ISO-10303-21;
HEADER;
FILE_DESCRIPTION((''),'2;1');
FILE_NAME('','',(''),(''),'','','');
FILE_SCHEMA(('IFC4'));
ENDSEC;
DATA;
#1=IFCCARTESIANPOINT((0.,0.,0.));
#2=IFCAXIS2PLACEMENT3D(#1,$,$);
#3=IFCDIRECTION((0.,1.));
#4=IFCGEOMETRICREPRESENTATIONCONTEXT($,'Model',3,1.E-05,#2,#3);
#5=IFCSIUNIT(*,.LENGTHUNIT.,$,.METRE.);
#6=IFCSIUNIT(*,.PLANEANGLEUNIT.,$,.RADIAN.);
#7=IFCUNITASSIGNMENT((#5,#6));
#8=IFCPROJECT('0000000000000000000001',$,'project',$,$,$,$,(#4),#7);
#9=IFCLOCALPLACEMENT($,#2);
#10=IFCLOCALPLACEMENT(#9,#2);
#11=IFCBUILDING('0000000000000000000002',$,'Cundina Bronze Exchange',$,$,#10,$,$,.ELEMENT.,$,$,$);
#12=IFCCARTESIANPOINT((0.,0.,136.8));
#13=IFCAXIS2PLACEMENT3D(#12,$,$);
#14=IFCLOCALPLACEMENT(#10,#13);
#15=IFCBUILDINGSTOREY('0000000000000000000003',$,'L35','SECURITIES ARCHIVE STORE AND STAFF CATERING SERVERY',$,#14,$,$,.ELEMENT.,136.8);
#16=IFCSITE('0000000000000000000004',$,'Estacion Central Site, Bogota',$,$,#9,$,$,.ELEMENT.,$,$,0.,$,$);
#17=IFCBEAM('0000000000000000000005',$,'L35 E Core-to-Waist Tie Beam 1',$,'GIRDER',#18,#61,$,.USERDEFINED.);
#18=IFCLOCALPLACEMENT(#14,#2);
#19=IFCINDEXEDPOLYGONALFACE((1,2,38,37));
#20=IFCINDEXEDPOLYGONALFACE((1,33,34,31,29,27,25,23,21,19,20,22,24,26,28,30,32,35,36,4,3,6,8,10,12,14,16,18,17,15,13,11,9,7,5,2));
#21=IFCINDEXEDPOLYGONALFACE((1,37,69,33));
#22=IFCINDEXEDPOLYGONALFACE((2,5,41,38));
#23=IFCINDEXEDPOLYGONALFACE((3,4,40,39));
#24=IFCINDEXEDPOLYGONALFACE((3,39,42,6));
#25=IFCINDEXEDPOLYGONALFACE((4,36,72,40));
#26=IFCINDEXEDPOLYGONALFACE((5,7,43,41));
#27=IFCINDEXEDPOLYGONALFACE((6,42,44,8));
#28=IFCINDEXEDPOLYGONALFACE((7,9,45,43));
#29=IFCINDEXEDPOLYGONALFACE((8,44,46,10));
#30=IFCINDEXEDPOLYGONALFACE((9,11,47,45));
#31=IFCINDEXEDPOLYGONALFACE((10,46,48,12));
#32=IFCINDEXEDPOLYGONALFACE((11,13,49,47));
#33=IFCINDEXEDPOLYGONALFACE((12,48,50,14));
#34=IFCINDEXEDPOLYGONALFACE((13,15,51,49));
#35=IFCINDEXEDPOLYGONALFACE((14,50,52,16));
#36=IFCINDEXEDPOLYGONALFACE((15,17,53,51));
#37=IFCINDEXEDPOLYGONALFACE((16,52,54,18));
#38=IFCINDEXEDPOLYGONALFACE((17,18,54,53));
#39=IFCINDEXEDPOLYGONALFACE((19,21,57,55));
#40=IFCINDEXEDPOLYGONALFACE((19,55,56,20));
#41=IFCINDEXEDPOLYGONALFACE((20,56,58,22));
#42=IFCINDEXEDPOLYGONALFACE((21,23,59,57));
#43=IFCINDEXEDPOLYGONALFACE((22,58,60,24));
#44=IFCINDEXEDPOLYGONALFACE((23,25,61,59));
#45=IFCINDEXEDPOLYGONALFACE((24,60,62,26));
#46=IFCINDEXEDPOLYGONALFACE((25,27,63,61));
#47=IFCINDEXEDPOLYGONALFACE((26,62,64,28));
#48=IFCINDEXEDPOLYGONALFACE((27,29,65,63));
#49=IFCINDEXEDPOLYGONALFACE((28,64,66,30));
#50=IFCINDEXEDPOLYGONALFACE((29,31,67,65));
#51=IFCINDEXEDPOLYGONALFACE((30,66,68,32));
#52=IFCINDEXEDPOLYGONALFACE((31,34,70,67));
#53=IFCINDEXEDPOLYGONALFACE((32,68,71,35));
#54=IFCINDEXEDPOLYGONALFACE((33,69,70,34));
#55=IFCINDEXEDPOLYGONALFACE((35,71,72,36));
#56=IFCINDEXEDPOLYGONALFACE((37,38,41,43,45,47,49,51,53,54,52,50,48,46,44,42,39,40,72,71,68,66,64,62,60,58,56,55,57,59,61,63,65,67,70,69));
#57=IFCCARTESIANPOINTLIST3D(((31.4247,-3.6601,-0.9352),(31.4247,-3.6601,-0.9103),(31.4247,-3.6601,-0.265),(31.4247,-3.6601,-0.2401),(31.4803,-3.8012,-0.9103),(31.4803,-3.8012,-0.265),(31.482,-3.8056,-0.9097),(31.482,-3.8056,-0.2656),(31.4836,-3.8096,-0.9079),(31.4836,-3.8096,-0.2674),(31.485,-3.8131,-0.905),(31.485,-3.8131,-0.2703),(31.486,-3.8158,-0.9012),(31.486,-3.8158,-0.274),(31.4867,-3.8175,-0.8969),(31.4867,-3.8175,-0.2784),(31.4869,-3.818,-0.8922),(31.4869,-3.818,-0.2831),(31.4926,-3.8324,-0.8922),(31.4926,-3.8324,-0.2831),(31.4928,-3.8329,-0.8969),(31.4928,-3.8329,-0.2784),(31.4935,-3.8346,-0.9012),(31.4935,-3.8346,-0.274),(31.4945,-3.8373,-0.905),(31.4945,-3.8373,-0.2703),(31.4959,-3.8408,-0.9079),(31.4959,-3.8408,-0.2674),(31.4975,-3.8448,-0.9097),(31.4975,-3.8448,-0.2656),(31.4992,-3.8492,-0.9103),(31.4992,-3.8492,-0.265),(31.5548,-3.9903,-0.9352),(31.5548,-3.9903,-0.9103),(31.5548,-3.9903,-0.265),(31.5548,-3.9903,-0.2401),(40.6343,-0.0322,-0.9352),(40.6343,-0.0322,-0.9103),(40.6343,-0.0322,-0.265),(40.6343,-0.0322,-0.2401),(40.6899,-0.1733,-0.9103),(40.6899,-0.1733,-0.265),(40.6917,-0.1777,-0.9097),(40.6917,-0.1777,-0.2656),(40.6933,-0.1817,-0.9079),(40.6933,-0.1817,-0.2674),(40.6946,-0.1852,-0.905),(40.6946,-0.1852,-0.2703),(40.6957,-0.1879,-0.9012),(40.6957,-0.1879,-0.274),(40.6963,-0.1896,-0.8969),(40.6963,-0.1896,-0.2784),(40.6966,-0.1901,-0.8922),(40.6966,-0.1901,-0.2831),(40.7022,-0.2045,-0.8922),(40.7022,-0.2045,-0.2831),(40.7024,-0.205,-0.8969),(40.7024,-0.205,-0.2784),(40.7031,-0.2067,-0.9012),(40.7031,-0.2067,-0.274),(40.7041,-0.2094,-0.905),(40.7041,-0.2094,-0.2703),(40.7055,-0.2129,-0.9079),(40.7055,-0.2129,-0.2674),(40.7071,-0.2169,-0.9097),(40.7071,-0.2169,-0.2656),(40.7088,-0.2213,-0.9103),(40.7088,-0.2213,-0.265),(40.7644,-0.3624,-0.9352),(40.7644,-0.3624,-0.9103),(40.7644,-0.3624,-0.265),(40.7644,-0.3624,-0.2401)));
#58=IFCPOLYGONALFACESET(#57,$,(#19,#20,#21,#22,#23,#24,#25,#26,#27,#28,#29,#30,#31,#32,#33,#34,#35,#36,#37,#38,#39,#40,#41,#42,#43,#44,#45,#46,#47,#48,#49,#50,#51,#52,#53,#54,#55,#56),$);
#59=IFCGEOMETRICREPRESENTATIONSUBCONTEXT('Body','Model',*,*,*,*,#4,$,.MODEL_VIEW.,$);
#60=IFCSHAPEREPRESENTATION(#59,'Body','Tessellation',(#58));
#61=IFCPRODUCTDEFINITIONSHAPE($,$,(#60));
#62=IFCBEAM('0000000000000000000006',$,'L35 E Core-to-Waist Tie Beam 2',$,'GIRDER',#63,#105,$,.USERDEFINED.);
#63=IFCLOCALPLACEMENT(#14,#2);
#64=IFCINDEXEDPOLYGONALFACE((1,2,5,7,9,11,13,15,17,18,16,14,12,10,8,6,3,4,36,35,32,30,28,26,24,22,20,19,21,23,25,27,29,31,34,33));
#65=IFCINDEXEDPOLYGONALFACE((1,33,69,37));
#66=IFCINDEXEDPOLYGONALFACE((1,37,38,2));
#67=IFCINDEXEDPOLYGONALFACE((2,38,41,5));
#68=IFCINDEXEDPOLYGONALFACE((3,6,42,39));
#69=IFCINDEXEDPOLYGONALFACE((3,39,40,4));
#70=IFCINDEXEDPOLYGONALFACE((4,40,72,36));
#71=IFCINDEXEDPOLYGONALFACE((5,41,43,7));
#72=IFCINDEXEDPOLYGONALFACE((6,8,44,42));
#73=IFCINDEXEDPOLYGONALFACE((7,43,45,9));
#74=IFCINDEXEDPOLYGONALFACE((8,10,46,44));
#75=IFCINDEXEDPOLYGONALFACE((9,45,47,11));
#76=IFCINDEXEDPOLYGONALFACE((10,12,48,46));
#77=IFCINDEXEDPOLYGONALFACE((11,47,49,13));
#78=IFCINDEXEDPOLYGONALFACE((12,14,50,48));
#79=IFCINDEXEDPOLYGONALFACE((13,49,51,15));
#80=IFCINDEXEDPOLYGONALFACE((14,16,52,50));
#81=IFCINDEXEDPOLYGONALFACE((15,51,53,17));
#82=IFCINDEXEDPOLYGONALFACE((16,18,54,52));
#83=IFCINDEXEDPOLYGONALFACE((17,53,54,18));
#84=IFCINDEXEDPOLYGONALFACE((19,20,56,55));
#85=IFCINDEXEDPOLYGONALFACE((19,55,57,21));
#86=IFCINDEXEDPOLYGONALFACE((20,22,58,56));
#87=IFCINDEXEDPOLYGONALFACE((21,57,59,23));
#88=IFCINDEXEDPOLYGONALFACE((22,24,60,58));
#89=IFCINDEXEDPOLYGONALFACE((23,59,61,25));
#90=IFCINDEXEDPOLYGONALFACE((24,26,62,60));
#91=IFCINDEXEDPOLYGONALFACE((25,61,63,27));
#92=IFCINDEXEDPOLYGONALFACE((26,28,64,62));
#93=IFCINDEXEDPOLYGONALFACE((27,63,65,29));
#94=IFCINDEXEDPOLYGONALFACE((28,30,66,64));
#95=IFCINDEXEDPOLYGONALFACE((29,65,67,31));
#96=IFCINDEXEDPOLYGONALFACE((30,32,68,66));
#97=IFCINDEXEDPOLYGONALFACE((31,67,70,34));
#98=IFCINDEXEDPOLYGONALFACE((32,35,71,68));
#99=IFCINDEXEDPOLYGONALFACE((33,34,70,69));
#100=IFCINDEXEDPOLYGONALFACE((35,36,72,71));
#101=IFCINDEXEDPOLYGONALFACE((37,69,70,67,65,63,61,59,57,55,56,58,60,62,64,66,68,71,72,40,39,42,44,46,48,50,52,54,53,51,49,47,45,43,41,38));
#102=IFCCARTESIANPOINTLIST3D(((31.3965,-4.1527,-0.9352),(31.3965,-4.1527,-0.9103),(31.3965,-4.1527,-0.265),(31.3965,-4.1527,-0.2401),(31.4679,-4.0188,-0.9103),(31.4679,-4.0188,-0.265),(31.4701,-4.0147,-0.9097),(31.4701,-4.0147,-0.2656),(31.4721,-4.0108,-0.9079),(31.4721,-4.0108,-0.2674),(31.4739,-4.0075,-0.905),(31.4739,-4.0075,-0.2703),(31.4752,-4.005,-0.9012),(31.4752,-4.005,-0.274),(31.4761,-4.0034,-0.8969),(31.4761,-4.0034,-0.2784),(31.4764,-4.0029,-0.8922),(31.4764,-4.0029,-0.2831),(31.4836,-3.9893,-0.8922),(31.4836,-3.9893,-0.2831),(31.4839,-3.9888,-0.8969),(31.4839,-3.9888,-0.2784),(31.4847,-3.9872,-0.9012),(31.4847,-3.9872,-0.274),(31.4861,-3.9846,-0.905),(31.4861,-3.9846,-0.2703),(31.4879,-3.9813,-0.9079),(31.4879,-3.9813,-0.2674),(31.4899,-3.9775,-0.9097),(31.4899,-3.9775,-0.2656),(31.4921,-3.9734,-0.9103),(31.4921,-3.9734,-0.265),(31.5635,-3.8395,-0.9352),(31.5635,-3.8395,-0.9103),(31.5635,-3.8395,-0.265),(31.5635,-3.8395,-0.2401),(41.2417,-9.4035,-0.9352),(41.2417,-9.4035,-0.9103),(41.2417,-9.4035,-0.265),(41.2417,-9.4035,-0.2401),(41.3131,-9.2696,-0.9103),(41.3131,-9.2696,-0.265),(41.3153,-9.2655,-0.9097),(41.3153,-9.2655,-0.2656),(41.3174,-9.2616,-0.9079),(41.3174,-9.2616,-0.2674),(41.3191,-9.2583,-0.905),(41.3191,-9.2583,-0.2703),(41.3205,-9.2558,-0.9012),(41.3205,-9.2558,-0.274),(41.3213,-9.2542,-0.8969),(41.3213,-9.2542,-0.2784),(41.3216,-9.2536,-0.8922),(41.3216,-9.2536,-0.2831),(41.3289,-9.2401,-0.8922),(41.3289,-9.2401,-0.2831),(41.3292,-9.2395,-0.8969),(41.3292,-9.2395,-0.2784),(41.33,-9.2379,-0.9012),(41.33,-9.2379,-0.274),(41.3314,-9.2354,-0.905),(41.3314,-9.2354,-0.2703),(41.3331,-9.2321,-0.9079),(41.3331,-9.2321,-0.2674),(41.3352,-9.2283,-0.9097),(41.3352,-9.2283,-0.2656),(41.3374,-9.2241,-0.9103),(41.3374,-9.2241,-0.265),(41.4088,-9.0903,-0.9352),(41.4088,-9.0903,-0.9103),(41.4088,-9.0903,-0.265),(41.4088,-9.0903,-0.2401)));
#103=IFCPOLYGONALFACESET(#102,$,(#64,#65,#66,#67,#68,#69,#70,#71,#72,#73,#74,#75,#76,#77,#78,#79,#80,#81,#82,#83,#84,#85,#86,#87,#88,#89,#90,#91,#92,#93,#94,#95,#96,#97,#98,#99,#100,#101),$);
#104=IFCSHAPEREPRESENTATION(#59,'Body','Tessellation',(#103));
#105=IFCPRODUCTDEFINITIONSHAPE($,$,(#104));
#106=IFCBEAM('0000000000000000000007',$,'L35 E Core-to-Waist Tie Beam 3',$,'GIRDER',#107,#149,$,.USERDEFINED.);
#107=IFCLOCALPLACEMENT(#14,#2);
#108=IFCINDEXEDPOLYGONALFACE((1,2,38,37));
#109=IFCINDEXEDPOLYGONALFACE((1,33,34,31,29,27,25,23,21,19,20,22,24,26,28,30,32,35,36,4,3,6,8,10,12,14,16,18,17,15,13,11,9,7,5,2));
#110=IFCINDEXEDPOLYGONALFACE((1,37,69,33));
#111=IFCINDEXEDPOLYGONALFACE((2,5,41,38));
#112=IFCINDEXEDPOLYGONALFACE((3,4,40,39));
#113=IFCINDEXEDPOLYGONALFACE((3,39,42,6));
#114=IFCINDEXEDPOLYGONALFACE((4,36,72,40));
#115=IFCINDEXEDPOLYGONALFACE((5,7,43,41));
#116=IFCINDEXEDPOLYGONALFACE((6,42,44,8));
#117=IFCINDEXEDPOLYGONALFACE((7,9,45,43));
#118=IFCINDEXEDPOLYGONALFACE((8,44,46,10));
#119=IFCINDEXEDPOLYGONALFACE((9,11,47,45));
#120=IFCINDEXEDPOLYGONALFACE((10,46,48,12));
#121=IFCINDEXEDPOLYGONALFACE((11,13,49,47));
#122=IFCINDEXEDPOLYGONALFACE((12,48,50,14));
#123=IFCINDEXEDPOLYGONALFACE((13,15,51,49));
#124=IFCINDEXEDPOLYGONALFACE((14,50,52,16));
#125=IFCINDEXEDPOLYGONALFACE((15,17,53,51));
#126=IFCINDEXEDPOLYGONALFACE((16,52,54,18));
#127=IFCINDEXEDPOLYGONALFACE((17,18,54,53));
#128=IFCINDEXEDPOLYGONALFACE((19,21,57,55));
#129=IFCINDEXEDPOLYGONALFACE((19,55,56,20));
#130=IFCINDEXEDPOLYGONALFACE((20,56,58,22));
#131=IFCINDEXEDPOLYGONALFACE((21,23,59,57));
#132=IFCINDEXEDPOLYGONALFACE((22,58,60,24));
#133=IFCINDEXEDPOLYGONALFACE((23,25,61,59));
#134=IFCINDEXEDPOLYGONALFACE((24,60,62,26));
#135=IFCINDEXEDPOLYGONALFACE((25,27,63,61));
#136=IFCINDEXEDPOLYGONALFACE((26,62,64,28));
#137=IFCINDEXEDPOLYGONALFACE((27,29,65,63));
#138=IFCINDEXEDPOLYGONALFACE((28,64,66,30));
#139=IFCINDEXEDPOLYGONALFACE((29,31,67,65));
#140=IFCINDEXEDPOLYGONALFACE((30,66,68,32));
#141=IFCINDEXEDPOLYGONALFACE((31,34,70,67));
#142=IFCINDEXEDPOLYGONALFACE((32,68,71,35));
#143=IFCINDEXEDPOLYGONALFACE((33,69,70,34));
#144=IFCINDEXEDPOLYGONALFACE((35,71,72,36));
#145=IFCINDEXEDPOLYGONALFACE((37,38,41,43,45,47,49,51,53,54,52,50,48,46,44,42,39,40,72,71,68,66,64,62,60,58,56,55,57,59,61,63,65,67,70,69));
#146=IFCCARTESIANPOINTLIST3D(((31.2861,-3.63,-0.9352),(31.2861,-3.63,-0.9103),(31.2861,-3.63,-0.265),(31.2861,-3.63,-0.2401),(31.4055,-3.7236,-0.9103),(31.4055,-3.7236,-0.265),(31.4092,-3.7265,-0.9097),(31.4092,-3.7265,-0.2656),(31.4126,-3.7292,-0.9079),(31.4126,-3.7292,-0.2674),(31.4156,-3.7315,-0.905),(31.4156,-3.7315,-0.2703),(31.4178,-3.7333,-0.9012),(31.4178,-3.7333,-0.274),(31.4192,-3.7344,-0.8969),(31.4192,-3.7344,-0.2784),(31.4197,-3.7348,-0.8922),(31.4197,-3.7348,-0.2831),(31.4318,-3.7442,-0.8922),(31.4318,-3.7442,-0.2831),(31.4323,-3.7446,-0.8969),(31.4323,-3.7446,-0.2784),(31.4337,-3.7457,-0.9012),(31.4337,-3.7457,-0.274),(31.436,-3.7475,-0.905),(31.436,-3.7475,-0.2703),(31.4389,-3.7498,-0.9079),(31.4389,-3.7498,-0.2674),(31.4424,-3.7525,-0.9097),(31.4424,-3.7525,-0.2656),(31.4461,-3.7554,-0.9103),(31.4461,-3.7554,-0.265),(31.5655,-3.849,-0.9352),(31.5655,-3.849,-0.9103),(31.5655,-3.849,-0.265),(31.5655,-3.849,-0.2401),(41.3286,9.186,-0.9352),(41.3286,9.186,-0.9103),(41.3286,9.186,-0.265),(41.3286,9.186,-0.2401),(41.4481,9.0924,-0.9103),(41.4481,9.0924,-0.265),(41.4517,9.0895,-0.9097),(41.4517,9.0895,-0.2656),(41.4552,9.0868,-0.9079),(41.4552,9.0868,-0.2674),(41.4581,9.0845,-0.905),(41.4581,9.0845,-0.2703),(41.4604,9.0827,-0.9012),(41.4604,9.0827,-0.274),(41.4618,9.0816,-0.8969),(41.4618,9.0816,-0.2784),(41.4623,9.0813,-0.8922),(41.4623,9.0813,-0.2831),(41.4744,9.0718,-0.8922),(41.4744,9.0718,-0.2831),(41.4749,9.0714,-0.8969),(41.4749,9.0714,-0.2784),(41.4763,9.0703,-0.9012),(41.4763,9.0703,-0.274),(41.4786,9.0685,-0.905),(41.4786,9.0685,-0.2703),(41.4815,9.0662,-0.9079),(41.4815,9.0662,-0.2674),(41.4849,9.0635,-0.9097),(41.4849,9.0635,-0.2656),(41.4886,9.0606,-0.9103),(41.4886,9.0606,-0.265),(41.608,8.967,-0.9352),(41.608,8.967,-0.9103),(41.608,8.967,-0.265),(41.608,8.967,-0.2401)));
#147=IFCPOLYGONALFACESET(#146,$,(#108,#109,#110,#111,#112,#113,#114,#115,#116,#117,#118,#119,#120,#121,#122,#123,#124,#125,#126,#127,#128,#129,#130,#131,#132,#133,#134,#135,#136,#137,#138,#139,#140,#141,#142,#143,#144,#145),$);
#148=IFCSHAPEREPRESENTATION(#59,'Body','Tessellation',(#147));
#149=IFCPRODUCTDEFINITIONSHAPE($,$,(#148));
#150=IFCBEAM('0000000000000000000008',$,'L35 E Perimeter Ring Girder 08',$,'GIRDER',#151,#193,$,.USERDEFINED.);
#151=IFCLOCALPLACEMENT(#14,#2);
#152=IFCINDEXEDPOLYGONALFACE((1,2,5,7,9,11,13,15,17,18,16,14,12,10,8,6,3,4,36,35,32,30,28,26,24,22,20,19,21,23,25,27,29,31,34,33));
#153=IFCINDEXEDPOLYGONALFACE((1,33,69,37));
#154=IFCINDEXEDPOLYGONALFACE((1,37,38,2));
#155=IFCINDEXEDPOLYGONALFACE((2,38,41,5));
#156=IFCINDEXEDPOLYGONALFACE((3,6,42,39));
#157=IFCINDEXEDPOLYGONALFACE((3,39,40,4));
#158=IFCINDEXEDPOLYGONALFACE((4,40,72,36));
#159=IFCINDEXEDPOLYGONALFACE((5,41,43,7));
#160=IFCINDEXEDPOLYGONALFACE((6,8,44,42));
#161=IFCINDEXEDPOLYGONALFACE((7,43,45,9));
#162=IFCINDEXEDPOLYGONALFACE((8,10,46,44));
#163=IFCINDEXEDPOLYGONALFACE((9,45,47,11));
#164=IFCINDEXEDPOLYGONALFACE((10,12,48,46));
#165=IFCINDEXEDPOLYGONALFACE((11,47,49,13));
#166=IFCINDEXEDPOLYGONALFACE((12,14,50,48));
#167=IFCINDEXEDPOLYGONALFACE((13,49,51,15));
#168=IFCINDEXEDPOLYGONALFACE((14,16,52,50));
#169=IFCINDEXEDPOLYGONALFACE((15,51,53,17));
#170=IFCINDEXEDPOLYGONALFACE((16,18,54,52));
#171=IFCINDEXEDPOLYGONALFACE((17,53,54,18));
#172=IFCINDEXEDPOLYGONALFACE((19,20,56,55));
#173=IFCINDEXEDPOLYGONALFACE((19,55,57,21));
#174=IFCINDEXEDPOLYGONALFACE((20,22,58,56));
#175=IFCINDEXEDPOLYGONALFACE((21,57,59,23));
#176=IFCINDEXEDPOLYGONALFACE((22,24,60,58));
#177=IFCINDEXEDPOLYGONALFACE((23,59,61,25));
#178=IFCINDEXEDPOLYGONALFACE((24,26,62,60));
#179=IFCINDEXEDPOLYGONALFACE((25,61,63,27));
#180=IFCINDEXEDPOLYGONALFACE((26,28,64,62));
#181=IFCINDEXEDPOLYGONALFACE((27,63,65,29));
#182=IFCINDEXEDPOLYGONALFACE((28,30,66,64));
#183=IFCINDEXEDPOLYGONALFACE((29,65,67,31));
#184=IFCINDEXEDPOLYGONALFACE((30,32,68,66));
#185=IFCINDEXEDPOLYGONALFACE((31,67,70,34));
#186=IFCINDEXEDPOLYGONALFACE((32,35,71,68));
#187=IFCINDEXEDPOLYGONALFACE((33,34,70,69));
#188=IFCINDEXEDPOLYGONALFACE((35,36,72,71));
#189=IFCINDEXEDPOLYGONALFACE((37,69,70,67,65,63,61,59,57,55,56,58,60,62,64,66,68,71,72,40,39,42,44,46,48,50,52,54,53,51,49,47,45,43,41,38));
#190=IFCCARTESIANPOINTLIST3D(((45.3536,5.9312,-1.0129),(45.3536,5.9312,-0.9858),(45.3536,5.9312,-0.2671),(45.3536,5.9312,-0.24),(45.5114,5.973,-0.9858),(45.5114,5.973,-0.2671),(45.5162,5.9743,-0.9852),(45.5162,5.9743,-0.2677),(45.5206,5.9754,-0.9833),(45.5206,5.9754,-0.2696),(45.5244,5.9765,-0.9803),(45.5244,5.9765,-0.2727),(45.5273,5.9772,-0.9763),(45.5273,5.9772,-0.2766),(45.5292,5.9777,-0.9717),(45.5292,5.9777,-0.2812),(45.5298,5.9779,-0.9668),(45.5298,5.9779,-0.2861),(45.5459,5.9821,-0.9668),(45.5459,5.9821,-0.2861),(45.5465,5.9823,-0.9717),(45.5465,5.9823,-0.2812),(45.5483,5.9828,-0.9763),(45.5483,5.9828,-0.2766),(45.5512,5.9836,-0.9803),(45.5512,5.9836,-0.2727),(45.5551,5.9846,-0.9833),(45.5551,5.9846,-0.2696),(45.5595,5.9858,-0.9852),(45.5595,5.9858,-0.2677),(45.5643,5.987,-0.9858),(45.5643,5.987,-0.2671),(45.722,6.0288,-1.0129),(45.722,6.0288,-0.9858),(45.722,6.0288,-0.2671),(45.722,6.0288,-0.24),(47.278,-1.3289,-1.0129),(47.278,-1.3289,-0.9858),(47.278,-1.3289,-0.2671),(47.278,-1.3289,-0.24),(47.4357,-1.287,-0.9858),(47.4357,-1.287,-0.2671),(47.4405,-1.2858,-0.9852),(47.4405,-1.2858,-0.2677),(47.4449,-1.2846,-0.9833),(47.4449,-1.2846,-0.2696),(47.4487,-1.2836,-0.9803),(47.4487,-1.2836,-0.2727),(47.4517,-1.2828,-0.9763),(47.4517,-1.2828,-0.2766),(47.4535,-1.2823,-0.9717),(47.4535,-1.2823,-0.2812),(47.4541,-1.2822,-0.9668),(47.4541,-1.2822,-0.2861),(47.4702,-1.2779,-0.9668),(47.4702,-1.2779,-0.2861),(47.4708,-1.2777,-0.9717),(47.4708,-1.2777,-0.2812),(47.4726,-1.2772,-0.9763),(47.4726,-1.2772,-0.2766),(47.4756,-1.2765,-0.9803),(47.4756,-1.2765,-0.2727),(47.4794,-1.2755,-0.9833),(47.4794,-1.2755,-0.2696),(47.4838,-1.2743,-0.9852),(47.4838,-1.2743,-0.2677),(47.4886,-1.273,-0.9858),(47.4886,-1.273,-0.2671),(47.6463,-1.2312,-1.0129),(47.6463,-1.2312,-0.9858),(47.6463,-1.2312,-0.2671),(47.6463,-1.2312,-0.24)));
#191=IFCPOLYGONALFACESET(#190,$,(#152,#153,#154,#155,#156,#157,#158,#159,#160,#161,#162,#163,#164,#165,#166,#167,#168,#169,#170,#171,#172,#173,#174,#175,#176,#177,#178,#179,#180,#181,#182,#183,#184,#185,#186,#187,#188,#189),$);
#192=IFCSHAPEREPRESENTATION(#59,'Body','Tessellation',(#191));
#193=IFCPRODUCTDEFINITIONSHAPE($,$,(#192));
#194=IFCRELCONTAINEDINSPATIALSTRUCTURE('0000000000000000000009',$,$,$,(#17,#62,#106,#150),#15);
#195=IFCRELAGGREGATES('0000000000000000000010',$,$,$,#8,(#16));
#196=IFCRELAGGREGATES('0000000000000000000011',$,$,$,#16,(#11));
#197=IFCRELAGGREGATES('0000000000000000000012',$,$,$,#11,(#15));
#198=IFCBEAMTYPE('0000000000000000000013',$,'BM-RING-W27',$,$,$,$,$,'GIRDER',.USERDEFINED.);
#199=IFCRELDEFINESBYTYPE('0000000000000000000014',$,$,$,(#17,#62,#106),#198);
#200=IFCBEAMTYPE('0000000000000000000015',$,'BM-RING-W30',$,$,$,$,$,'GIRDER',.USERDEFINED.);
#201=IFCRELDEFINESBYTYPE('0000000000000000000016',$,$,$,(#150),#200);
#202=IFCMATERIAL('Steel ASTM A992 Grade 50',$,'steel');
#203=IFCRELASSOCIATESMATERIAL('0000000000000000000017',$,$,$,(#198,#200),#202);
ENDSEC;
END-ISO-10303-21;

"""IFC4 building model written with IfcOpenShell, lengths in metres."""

from ifc_helpers import new_model, si_unit, direction, frame, origin, origin_2d, place, context, subcontext, project, spatial, i_section, extrude, material, material_profile, profile_set, type_object, element, save


model = new_model("IFC4")

# Units and contexts
model_context = context("Model", 3, precision=1e-05, world=origin(), true_north=direction((0.0, 1.0)))
body_context = subcontext(model_context, "Body", "Model", "MODEL_VIEW")
ifc_project = project(units=[si_unit("LENGTHUNIT", "METRE"), si_unit("PLANEANGLEUNIT", "RADIAN")], contexts=[model_context])

# Site, building, storey
site_placement = place(None, origin())
site = spatial("IfcSite", under=ifc_project, at=site_placement, Name="Estacion Central Site, Bogota", CompositionType="ELEMENT", RefElevation=0.0)
building_placement = place(site_placement, origin())
building = spatial("IfcBuilding", under=site, at=building_placement, Name="Cundina Bronze Exchange", CompositionType="ELEMENT")
storey_placement = place(building_placement, frame((0.0, 0.0, 136.8)))
storey = spatial("IfcBuildingStorey", under=building, at=storey_placement, Name="L35", Description="SECURITIES ARCHIVE STORE AND STAFF CATERING SERVERY", CompositionType="ELEMENT", Elevation=136.8)

# Shared definitions
ifc_material_1 = material(Name="Steel ASTM A992 Grade 50", Category="steel")

# Beams
ifc_material_profile_1 = material_profile(ifc_material_1, i_section(OverallWidth=0.355, OverallDepth=0.6951, WebThickness=0.0154, FlangeThickness=0.0249, FilletRadius=0.0181, at=origin_2d()), Name="W27X146", Category="steel")
ifc_profile_set_1 = profile_set([ifc_material_profile_1], Name="Steel ASTM A992 Grade 50")
beam_type_1 = type_object("IfcBeamType", Name="BM-RING-W27", ElementType="GIRDER", PredefinedType="USERDEFINED", material=ifc_profile_set_1)
beam_1_placement = place(storey_placement, frame((31.4897, -3.8252, -0.5876), z_axis=(0.930413, 0.366512, 0.0), x_axis=(-0.366512, 0.930413, 0.0)))
element("IfcBeam", 1, at=beam_1_placement, inside=storey, type_object=beam_type_1, Name="L35 E Core-to-Waist Tie Beam 1", ObjectType="GIRDER", PredefinedType="USERDEFINED", context=body_context, shape_type="SweptSolid", body=[
    extrude(i_section(OverallWidth=0.355, OverallDepth=0.6951, WebThickness=0.0154, FlangeThickness=0.0249, FilletRadius=0.0181, at=origin_2d()), origin(), (0.0, 0.0, 1.0), 9.8984),
])
beam_2_placement = place(storey_placement, frame((31.48, -3.9961, -0.5876), z_axis=(0.882355, -0.470585, 0.0), x_axis=(0.470585, 0.882355, 0.0)))
element("IfcBeam", 2, at=beam_2_placement, inside=storey, type_object=beam_type_1, Name="L35 E Core-to-Waist Tie Beam 2", ObjectType="GIRDER", PredefinedType="USERDEFINED", context=body_context, shape_type="SweptSolid", body=[
    extrude(i_section(OverallWidth=0.355, OverallDepth=0.6951, WebThickness=0.0154, FlangeThickness=0.0249, FilletRadius=0.0181, at=origin_2d()), origin(), (0.0, 0.0, 1.0), 11.158),
])
beam_3_placement = place(storey_placement, frame((31.4258, -3.7395, -0.5876), z_axis=(0.616789, 0.787128, 0.0), x_axis=(-0.787128, 0.616789, 0.0)))
element("IfcBeam", 3, at=beam_3_placement, inside=storey, type_object=beam_type_1, Name="L35 E Core-to-Waist Tie Beam 3", ObjectType="GIRDER", PredefinedType="USERDEFINED", context=body_context, shape_type="SweptSolid", body=[
    extrude(i_section(OverallWidth=0.355, OverallDepth=0.6951, WebThickness=0.0154, FlangeThickness=0.0249, FilletRadius=0.0181, at=origin_2d()), origin(), (0.0, 0.0, 1.0), 16.282),
])
ifc_material_profile_2 = material_profile(ifc_material_1, i_section(OverallWidth=0.3811, OverallDepth=0.7729, WebThickness=0.0166, FlangeThickness=0.0271, FilletRadius=0.019, at=origin_2d()), Name="W30X173", Category="steel")
ifc_profile_set_2 = profile_set([ifc_material_profile_2], Name="Steel ASTM A992 Grade 50")
beam_type_2 = type_object("IfcBeamType", Name="BM-RING-W30", ElementType="GIRDER", PredefinedType="USERDEFINED", material=ifc_profile_set_2)
for number, where, z_axis, x_axis, name in (
    (4, (47.4622, -1.28, -0.6265), (-0.25621, 0.966621, 0.0), (-0.966621, -0.25621, 0.0), "L35 E Perimeter Ring Girder 08"),
):
    element("IfcBeam", number, at=place(storey_placement, frame(where, z_axis=z_axis, x_axis=x_axis)), inside=storey, type_object=beam_type_2, Name=name, ObjectType="GIRDER", PredefinedType="USERDEFINED", context=body_context, shape_type="SweptSolid", body=[
        extrude(i_section(OverallWidth=0.3811, OverallDepth=0.7729, WebThickness=0.0166, FlangeThickness=0.0271, FilletRadius=0.019, at=origin_2d()), origin(), (0.0, 0.0, 1.0), 7.5107),
    ])

save(model, "model.ifc")
